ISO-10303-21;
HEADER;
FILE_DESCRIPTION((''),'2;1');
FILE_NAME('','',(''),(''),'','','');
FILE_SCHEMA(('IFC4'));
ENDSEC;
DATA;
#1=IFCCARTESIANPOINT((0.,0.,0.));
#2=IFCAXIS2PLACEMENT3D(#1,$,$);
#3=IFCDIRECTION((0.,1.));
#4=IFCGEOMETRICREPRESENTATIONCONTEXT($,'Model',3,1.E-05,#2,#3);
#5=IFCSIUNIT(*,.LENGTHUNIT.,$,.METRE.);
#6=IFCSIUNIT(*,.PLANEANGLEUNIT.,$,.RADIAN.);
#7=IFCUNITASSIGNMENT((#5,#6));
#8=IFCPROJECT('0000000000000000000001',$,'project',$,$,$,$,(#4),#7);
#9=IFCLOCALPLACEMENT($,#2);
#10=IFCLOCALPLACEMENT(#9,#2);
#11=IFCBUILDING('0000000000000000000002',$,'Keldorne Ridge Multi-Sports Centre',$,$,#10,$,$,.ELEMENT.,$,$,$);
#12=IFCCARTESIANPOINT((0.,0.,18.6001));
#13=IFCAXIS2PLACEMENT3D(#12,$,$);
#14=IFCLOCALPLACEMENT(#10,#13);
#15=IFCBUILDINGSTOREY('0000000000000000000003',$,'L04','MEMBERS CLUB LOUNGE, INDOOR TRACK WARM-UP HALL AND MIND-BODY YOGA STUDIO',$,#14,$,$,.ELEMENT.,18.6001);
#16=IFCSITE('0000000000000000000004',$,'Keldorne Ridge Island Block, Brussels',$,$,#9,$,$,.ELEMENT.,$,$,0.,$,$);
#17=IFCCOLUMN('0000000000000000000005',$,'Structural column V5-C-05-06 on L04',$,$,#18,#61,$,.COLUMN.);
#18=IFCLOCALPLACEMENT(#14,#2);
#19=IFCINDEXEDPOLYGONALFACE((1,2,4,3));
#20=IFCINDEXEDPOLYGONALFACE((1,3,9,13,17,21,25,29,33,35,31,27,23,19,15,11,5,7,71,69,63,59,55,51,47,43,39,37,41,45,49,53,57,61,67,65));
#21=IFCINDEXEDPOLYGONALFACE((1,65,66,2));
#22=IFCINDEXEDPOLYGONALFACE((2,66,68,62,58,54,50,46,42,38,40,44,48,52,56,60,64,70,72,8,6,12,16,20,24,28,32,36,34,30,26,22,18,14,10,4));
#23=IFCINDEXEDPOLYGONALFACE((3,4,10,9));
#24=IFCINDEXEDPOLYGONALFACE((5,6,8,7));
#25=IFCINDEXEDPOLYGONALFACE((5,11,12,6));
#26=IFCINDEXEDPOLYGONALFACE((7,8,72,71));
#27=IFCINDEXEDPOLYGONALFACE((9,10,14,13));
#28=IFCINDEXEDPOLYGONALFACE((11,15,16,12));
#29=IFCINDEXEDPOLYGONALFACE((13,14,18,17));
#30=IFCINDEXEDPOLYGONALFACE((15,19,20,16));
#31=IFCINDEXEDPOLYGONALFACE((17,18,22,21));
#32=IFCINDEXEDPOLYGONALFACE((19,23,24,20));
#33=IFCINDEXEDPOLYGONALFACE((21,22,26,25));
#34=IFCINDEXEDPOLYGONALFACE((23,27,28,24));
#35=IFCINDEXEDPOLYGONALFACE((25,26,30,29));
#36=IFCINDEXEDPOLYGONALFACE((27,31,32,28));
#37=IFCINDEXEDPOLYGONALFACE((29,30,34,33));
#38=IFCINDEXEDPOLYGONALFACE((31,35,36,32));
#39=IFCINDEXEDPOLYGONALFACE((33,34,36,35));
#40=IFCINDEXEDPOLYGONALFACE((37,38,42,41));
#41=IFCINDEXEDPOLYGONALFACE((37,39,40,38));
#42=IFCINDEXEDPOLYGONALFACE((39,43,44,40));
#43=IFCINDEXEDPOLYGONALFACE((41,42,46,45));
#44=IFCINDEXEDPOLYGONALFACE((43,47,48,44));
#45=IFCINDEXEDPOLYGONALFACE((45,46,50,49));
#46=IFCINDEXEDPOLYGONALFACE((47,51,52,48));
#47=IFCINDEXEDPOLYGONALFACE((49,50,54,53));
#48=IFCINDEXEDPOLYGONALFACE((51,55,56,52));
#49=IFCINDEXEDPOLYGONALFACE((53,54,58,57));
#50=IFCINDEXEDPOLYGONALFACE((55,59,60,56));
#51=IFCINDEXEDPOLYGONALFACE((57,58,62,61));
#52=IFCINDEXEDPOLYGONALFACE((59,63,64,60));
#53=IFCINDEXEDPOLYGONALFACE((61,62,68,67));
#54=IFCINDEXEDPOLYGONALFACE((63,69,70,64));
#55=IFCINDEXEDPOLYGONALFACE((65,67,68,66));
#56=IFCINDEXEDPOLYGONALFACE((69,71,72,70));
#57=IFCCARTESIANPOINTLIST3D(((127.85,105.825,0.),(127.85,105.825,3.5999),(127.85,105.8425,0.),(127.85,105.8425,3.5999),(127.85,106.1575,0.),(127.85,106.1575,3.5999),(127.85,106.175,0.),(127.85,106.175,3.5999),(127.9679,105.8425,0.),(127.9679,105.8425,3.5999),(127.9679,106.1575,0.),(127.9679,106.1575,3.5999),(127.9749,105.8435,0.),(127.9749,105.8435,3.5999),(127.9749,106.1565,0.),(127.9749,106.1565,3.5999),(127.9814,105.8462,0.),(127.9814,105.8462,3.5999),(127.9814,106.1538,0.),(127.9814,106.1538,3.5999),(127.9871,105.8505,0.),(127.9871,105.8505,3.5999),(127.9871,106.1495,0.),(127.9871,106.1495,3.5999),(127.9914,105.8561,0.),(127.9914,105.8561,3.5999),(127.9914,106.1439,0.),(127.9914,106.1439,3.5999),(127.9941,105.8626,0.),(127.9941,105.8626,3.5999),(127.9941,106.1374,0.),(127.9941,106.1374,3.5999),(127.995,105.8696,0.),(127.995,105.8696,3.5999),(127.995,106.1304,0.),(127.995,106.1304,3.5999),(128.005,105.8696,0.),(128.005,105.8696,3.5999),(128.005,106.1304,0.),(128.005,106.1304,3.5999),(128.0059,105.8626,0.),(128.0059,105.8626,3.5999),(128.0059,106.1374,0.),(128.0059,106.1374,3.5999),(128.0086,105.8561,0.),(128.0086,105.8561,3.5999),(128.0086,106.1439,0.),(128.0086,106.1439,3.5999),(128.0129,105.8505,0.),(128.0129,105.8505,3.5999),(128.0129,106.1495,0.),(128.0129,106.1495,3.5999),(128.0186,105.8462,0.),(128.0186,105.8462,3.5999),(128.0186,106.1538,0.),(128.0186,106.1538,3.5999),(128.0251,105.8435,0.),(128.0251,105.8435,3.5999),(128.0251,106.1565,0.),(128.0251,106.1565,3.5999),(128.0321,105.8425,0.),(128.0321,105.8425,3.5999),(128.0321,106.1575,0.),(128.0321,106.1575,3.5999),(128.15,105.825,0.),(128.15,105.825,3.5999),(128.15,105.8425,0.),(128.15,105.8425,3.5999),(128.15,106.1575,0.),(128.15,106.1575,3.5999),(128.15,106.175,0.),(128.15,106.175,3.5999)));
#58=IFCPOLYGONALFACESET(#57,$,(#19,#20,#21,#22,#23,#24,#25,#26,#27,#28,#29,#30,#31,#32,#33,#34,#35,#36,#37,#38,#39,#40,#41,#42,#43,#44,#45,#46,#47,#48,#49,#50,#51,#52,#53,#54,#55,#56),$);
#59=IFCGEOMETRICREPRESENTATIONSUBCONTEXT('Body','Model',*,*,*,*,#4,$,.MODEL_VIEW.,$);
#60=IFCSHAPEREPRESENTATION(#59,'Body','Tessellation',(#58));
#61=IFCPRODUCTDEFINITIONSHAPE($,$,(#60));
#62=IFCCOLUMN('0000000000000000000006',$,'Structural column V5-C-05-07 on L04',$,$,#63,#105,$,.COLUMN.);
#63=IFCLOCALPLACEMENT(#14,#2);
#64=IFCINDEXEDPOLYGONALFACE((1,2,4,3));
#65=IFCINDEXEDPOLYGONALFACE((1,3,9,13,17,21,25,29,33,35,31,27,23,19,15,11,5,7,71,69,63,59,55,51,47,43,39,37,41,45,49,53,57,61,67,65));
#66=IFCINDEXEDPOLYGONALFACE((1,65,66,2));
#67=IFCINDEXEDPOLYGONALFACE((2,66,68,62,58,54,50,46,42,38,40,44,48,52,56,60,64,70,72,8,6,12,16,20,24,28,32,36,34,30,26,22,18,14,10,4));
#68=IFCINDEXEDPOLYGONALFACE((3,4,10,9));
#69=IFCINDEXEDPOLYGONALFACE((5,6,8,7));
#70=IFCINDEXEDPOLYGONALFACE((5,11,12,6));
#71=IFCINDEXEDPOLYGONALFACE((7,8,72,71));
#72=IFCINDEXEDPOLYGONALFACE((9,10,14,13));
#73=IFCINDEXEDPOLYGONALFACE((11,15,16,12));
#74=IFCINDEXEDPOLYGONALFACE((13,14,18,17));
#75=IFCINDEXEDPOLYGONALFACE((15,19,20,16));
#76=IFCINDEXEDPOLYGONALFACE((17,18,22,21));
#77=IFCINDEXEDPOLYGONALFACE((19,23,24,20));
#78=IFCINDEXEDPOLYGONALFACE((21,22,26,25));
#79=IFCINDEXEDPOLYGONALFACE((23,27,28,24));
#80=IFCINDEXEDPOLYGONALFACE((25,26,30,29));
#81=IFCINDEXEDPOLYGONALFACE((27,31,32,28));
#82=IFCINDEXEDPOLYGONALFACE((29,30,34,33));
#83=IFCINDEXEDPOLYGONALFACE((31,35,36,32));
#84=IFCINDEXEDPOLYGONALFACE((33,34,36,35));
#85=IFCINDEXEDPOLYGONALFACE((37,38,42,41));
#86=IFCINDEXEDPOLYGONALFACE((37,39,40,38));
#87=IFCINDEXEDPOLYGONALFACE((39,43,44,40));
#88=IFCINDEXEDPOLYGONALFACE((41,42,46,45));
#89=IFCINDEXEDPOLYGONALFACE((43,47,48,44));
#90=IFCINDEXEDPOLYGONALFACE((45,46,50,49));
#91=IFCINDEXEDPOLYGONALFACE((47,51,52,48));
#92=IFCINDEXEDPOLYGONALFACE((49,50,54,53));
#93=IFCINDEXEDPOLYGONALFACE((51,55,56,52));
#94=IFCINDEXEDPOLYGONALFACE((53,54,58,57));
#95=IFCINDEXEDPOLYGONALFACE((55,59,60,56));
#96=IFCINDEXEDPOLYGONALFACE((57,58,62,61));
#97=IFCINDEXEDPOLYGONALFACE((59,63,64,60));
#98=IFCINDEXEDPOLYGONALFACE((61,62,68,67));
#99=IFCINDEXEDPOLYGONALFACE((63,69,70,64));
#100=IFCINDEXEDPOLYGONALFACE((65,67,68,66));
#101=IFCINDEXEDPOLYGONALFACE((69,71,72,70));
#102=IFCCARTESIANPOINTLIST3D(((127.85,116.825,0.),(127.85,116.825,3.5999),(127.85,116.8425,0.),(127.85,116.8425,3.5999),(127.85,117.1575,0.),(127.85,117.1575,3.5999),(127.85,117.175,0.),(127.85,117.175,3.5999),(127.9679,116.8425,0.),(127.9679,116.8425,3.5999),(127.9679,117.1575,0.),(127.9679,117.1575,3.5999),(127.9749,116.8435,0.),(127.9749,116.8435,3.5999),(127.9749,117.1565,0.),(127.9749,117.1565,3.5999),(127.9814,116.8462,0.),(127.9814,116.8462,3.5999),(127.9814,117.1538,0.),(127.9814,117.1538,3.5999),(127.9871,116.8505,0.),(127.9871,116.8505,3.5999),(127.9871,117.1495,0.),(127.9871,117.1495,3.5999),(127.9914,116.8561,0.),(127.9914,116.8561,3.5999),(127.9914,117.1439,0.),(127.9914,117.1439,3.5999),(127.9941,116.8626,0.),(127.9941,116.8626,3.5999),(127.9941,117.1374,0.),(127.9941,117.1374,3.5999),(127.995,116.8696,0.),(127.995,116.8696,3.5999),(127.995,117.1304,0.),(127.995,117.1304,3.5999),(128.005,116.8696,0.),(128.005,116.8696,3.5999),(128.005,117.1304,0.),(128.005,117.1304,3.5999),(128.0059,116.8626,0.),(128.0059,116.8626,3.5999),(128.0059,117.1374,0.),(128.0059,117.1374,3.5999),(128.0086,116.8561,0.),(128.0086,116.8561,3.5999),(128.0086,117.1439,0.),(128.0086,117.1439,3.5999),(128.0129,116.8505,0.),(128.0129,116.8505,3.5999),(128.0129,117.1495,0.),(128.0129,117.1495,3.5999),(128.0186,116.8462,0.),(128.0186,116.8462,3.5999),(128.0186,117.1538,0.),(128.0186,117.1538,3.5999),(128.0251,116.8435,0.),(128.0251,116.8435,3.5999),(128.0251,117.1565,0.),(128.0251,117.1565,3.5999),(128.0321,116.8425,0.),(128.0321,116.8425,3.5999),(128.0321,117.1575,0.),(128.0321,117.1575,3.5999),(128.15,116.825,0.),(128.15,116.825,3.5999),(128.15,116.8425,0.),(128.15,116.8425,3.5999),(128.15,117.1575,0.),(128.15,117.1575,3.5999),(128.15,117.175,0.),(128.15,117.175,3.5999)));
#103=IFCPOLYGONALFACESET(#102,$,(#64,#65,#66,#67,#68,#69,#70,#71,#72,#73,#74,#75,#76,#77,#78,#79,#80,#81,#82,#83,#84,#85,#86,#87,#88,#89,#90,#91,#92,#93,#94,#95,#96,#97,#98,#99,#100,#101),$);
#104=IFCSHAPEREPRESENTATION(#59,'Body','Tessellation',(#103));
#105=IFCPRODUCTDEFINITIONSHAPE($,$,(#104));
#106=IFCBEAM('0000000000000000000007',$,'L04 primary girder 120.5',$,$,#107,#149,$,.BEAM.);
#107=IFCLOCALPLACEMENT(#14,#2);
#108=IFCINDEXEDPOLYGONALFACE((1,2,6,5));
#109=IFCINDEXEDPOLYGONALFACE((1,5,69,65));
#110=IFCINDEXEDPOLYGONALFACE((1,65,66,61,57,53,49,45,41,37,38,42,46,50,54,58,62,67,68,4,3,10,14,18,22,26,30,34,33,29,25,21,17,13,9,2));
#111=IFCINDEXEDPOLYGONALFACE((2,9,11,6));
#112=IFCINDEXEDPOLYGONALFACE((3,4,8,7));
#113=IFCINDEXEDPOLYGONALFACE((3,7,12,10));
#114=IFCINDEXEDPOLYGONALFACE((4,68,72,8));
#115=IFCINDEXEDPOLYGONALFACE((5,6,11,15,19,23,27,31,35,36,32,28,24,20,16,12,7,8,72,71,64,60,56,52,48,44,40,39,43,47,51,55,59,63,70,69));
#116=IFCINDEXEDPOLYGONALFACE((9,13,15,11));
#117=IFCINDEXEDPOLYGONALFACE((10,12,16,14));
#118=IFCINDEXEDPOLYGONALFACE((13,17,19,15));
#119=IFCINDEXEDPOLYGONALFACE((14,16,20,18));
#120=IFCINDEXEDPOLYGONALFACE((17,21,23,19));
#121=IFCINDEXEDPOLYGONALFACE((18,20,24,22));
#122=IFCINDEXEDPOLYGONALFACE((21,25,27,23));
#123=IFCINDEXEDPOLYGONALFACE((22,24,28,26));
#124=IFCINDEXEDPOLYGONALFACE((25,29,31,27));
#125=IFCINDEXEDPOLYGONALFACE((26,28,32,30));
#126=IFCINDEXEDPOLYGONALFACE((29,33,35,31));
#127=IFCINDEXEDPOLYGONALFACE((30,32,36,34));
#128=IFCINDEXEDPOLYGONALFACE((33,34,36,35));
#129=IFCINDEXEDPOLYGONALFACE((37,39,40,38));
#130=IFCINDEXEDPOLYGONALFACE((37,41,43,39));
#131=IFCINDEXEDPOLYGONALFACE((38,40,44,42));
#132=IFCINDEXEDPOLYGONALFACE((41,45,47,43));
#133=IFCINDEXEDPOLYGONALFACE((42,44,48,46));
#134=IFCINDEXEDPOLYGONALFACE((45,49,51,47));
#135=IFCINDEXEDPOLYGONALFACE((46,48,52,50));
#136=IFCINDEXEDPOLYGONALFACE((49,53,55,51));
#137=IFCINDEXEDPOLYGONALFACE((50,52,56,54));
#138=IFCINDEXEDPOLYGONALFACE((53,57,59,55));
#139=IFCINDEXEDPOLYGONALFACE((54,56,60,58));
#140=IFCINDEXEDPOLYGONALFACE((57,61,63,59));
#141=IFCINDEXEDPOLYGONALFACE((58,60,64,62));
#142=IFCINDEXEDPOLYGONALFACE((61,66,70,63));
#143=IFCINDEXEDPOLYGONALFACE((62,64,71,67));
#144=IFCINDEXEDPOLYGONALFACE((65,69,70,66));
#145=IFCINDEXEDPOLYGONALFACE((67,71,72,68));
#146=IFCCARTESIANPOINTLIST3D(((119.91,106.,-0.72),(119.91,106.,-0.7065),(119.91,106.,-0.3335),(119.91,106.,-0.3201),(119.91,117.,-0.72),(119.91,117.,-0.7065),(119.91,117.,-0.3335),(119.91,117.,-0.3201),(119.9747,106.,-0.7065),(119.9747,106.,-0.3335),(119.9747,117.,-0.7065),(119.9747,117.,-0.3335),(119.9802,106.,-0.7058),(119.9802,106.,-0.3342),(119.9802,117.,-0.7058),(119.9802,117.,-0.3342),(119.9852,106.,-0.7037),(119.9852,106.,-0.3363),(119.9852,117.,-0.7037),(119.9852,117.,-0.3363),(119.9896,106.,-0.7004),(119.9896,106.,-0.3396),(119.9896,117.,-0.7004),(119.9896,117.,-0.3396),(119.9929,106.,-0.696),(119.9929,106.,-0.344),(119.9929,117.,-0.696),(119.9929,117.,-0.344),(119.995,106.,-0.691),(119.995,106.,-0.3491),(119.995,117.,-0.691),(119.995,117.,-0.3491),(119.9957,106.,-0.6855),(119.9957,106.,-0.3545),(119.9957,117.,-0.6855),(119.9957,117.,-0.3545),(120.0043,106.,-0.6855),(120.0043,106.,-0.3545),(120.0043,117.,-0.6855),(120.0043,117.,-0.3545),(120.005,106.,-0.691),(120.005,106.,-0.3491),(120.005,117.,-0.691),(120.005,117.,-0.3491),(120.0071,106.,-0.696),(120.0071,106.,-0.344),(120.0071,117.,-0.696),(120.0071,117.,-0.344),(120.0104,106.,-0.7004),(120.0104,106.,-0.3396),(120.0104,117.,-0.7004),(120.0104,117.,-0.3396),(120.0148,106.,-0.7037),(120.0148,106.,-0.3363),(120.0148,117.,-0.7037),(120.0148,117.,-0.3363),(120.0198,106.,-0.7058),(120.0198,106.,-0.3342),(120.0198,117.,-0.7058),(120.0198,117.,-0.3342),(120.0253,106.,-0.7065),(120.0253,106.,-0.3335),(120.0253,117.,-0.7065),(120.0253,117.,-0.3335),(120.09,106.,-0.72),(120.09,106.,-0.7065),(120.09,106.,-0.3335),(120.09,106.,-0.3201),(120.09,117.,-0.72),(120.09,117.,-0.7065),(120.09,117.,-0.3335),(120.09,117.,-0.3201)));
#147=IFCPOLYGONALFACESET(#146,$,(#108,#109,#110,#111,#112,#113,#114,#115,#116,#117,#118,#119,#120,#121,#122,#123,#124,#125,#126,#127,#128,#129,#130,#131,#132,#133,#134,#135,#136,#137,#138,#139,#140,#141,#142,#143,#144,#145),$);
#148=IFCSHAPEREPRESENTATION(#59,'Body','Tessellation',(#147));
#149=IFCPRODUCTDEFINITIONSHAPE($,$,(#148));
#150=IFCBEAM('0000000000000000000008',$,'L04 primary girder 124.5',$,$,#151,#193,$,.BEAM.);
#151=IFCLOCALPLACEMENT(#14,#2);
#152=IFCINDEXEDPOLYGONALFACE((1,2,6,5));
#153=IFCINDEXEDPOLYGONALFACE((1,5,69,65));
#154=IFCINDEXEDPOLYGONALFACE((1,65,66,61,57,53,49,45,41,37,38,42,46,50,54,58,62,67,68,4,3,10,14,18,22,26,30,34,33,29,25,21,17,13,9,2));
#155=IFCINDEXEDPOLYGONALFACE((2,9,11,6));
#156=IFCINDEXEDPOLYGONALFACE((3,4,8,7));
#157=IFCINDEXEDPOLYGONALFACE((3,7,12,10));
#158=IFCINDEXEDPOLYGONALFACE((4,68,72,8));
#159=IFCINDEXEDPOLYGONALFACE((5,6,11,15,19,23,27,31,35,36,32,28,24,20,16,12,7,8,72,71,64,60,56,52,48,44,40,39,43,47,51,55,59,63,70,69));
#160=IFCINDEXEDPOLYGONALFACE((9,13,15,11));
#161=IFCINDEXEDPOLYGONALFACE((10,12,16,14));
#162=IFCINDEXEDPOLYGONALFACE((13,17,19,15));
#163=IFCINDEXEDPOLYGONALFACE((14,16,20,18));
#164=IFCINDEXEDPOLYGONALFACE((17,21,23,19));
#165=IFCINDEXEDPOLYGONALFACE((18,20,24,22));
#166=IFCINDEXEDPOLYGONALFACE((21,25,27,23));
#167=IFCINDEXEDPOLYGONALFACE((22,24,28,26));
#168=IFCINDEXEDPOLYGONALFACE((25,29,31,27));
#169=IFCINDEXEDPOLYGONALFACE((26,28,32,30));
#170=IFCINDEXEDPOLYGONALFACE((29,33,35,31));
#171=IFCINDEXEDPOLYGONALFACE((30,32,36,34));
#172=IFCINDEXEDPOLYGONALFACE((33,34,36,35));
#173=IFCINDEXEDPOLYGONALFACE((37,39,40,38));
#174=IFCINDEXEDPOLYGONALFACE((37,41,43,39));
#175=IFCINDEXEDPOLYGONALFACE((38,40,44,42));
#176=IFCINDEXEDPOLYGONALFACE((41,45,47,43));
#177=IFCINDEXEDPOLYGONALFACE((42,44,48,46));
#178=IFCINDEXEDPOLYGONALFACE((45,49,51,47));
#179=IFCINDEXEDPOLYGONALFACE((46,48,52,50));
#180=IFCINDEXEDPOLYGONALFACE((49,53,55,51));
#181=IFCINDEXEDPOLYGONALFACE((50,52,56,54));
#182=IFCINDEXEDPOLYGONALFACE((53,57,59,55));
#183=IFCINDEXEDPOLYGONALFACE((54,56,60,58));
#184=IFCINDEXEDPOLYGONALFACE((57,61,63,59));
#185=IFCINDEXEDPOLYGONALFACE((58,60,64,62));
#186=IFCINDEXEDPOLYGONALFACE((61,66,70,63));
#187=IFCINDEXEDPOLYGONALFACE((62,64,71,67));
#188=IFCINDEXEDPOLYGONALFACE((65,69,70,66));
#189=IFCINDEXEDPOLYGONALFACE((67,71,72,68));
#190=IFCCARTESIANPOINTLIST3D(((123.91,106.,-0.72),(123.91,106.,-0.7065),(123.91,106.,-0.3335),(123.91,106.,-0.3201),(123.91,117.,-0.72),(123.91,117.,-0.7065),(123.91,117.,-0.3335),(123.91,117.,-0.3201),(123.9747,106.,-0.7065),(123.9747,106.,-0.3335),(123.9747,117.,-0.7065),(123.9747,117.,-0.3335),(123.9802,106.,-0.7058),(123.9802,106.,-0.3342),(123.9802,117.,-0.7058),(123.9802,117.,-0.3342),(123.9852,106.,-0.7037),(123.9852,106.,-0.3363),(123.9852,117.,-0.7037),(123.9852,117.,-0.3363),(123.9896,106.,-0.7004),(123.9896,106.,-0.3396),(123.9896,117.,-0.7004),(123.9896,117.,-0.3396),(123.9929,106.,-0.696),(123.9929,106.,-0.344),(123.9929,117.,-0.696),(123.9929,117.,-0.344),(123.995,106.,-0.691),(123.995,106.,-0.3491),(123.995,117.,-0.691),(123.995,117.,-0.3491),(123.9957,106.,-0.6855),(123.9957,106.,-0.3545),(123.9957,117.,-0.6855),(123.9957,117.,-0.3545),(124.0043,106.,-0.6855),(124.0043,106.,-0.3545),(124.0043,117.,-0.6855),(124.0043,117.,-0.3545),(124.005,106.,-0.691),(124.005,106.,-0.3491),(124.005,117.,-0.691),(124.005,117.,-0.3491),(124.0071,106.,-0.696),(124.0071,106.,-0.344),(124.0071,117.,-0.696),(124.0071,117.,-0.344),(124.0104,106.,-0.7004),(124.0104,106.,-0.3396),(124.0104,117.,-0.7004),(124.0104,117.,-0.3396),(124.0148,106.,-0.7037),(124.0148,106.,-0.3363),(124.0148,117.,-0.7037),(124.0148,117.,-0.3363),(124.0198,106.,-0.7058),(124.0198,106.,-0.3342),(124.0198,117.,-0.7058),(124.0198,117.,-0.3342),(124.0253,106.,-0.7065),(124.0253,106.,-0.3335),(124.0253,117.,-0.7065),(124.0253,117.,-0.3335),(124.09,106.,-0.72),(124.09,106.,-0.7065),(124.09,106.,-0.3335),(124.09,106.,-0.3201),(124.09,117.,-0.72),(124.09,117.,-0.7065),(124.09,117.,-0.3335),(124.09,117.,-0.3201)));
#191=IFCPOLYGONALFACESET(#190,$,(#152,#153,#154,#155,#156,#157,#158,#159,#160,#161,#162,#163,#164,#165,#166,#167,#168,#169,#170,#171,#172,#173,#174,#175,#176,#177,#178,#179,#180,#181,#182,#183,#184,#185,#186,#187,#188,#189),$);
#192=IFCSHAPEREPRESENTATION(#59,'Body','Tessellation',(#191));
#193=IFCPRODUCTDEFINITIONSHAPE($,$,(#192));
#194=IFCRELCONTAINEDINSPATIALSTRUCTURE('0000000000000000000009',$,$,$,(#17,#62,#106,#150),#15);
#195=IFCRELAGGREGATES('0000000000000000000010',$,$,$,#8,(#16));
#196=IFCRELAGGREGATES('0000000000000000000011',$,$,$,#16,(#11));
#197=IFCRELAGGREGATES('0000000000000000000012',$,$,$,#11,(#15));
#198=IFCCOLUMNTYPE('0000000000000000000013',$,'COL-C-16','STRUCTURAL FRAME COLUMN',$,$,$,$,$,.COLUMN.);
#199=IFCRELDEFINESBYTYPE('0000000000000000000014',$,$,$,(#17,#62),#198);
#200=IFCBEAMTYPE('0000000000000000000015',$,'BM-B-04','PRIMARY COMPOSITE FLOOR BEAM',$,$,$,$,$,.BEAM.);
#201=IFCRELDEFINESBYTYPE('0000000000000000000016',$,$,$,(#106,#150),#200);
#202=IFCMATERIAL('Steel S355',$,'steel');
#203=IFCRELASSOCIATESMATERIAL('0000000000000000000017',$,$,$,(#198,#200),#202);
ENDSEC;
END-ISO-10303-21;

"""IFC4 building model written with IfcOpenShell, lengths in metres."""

from ifc_helpers import new_model, si_unit, direction, frame, origin, origin_2d, place, context, subcontext, project, spatial, i_section, extrude, material, material_profile, profile_set, type_object, element, save


model = new_model("IFC4")

# Units and contexts
model_context = context("Model", 3, precision=1e-05, world=origin(), true_north=direction((0.0, 1.0)))
body_context = subcontext(model_context, "Body", "Model", "MODEL_VIEW")
ifc_project = project(units=[si_unit("LENGTHUNIT", "METRE"), si_unit("PLANEANGLEUNIT", "RADIAN")], contexts=[model_context])

# Site, building, storey
site_placement = place(None, origin())
site = spatial("IfcSite", under=ifc_project, at=site_placement, Name="Keldorne Ridge Island Block, Brussels", CompositionType="ELEMENT", RefElevation=0.0)
building_placement = place(site_placement, origin())
building = spatial("IfcBuilding", under=site, at=building_placement, Name="Keldorne Ridge Multi-Sports Centre", CompositionType="ELEMENT")
storey_placement = place(building_placement, frame((0.0, 0.0, 18.6001)))
storey = spatial("IfcBuildingStorey", under=building, at=storey_placement, Name="L04", Description="MEMBERS CLUB LOUNGE, INDOOR TRACK WARM-UP HALL AND MIND-BODY YOGA STUDIO", CompositionType="ELEMENT", Elevation=18.6001)

# Columns
ifc_material_1 = material(Name="Steel S355", Category="steel")
ifc_material_profile_1 = material_profile(ifc_material_1, i_section(OverallWidth=0.3, OverallDepth=0.3501, WebThickness=0.01, FlangeThickness=0.0176, FilletRadius=0.0271, at=origin_2d()), Name="HEA 360")
ifc_profile_set_1 = profile_set([ifc_material_profile_1], Name="Steel S355")
column_type = type_object("IfcColumnType", Name="COL-C-16", Description="STRUCTURAL FRAME COLUMN", PredefinedType="COLUMN", material=ifc_profile_set_1)
for number, where, z_axis, x_axis, name in (
    (1, (128.0, 106.0, 0.0), (0.0, 0.0, 1.0), (1.0, 0.0, 0.0), "Structural column V5-C-05-06 on L04"),
    (2, (128.0, 117.0, 0.0), (0.0, 0.0, 1.0), (1.0, 0.0, 0.0), "Structural column V5-C-05-07 on L04"),
):
    element("IfcColumn", number, at=place(storey_placement, frame(where, z_axis=z_axis, x_axis=x_axis)), inside=storey, type_object=column_type, Name=name, PredefinedType="COLUMN", context=body_context, shape_type="SweptSolid", body=[
        extrude(i_section(OverallWidth=0.3, OverallDepth=0.3501, WebThickness=0.01, FlangeThickness=0.0176, FilletRadius=0.0271, at=origin_2d()), origin(), (0.0, 0.0, 1.0), 3.5999),
    ])

# Beams
ifc_material_profile_2 = material_profile(ifc_material_1, i_section(OverallWidth=0.1799, OverallDepth=0.3999, WebThickness=0.0085, FlangeThickness=0.0134, FilletRadius=0.021, at=origin_2d()), Name="IPE 400")
ifc_profile_set_2 = profile_set([ifc_material_profile_2], Name="Steel S355")
beam_type_1 = type_object("IfcBeamType", Name="BM-B-04", Description="PRIMARY COMPOSITE FLOOR BEAM", PredefinedType="BEAM", material=ifc_profile_set_2)
for number, where, z_axis, x_axis, name in (
    (3, (120.0, 106.0, -0.52), (0.0, 1.0, 0.0), (-1.0, 0.0, 0.0), "L04 primary girder 120.5"),
    (4, (124.0, 106.0, -0.52), (0.0, 1.0, 0.0), (-1.0, 0.0, 0.0), "L04 primary girder 124.5"),
):
    element("IfcBeam", number, at=place(storey_placement, frame(where, z_axis=z_axis, x_axis=x_axis)), inside=storey, type_object=beam_type_1, Name=name, PredefinedType="BEAM", context=body_context, shape_type="SweptSolid", body=[
        extrude(i_section(OverallWidth=0.1799, OverallDepth=0.3999, WebThickness=0.0085, FlangeThickness=0.0134, FilletRadius=0.021, at=origin_2d()), origin(), (0.0, 0.0, 1.0), 11.0),
    ])

save(model, "model.ifc")
